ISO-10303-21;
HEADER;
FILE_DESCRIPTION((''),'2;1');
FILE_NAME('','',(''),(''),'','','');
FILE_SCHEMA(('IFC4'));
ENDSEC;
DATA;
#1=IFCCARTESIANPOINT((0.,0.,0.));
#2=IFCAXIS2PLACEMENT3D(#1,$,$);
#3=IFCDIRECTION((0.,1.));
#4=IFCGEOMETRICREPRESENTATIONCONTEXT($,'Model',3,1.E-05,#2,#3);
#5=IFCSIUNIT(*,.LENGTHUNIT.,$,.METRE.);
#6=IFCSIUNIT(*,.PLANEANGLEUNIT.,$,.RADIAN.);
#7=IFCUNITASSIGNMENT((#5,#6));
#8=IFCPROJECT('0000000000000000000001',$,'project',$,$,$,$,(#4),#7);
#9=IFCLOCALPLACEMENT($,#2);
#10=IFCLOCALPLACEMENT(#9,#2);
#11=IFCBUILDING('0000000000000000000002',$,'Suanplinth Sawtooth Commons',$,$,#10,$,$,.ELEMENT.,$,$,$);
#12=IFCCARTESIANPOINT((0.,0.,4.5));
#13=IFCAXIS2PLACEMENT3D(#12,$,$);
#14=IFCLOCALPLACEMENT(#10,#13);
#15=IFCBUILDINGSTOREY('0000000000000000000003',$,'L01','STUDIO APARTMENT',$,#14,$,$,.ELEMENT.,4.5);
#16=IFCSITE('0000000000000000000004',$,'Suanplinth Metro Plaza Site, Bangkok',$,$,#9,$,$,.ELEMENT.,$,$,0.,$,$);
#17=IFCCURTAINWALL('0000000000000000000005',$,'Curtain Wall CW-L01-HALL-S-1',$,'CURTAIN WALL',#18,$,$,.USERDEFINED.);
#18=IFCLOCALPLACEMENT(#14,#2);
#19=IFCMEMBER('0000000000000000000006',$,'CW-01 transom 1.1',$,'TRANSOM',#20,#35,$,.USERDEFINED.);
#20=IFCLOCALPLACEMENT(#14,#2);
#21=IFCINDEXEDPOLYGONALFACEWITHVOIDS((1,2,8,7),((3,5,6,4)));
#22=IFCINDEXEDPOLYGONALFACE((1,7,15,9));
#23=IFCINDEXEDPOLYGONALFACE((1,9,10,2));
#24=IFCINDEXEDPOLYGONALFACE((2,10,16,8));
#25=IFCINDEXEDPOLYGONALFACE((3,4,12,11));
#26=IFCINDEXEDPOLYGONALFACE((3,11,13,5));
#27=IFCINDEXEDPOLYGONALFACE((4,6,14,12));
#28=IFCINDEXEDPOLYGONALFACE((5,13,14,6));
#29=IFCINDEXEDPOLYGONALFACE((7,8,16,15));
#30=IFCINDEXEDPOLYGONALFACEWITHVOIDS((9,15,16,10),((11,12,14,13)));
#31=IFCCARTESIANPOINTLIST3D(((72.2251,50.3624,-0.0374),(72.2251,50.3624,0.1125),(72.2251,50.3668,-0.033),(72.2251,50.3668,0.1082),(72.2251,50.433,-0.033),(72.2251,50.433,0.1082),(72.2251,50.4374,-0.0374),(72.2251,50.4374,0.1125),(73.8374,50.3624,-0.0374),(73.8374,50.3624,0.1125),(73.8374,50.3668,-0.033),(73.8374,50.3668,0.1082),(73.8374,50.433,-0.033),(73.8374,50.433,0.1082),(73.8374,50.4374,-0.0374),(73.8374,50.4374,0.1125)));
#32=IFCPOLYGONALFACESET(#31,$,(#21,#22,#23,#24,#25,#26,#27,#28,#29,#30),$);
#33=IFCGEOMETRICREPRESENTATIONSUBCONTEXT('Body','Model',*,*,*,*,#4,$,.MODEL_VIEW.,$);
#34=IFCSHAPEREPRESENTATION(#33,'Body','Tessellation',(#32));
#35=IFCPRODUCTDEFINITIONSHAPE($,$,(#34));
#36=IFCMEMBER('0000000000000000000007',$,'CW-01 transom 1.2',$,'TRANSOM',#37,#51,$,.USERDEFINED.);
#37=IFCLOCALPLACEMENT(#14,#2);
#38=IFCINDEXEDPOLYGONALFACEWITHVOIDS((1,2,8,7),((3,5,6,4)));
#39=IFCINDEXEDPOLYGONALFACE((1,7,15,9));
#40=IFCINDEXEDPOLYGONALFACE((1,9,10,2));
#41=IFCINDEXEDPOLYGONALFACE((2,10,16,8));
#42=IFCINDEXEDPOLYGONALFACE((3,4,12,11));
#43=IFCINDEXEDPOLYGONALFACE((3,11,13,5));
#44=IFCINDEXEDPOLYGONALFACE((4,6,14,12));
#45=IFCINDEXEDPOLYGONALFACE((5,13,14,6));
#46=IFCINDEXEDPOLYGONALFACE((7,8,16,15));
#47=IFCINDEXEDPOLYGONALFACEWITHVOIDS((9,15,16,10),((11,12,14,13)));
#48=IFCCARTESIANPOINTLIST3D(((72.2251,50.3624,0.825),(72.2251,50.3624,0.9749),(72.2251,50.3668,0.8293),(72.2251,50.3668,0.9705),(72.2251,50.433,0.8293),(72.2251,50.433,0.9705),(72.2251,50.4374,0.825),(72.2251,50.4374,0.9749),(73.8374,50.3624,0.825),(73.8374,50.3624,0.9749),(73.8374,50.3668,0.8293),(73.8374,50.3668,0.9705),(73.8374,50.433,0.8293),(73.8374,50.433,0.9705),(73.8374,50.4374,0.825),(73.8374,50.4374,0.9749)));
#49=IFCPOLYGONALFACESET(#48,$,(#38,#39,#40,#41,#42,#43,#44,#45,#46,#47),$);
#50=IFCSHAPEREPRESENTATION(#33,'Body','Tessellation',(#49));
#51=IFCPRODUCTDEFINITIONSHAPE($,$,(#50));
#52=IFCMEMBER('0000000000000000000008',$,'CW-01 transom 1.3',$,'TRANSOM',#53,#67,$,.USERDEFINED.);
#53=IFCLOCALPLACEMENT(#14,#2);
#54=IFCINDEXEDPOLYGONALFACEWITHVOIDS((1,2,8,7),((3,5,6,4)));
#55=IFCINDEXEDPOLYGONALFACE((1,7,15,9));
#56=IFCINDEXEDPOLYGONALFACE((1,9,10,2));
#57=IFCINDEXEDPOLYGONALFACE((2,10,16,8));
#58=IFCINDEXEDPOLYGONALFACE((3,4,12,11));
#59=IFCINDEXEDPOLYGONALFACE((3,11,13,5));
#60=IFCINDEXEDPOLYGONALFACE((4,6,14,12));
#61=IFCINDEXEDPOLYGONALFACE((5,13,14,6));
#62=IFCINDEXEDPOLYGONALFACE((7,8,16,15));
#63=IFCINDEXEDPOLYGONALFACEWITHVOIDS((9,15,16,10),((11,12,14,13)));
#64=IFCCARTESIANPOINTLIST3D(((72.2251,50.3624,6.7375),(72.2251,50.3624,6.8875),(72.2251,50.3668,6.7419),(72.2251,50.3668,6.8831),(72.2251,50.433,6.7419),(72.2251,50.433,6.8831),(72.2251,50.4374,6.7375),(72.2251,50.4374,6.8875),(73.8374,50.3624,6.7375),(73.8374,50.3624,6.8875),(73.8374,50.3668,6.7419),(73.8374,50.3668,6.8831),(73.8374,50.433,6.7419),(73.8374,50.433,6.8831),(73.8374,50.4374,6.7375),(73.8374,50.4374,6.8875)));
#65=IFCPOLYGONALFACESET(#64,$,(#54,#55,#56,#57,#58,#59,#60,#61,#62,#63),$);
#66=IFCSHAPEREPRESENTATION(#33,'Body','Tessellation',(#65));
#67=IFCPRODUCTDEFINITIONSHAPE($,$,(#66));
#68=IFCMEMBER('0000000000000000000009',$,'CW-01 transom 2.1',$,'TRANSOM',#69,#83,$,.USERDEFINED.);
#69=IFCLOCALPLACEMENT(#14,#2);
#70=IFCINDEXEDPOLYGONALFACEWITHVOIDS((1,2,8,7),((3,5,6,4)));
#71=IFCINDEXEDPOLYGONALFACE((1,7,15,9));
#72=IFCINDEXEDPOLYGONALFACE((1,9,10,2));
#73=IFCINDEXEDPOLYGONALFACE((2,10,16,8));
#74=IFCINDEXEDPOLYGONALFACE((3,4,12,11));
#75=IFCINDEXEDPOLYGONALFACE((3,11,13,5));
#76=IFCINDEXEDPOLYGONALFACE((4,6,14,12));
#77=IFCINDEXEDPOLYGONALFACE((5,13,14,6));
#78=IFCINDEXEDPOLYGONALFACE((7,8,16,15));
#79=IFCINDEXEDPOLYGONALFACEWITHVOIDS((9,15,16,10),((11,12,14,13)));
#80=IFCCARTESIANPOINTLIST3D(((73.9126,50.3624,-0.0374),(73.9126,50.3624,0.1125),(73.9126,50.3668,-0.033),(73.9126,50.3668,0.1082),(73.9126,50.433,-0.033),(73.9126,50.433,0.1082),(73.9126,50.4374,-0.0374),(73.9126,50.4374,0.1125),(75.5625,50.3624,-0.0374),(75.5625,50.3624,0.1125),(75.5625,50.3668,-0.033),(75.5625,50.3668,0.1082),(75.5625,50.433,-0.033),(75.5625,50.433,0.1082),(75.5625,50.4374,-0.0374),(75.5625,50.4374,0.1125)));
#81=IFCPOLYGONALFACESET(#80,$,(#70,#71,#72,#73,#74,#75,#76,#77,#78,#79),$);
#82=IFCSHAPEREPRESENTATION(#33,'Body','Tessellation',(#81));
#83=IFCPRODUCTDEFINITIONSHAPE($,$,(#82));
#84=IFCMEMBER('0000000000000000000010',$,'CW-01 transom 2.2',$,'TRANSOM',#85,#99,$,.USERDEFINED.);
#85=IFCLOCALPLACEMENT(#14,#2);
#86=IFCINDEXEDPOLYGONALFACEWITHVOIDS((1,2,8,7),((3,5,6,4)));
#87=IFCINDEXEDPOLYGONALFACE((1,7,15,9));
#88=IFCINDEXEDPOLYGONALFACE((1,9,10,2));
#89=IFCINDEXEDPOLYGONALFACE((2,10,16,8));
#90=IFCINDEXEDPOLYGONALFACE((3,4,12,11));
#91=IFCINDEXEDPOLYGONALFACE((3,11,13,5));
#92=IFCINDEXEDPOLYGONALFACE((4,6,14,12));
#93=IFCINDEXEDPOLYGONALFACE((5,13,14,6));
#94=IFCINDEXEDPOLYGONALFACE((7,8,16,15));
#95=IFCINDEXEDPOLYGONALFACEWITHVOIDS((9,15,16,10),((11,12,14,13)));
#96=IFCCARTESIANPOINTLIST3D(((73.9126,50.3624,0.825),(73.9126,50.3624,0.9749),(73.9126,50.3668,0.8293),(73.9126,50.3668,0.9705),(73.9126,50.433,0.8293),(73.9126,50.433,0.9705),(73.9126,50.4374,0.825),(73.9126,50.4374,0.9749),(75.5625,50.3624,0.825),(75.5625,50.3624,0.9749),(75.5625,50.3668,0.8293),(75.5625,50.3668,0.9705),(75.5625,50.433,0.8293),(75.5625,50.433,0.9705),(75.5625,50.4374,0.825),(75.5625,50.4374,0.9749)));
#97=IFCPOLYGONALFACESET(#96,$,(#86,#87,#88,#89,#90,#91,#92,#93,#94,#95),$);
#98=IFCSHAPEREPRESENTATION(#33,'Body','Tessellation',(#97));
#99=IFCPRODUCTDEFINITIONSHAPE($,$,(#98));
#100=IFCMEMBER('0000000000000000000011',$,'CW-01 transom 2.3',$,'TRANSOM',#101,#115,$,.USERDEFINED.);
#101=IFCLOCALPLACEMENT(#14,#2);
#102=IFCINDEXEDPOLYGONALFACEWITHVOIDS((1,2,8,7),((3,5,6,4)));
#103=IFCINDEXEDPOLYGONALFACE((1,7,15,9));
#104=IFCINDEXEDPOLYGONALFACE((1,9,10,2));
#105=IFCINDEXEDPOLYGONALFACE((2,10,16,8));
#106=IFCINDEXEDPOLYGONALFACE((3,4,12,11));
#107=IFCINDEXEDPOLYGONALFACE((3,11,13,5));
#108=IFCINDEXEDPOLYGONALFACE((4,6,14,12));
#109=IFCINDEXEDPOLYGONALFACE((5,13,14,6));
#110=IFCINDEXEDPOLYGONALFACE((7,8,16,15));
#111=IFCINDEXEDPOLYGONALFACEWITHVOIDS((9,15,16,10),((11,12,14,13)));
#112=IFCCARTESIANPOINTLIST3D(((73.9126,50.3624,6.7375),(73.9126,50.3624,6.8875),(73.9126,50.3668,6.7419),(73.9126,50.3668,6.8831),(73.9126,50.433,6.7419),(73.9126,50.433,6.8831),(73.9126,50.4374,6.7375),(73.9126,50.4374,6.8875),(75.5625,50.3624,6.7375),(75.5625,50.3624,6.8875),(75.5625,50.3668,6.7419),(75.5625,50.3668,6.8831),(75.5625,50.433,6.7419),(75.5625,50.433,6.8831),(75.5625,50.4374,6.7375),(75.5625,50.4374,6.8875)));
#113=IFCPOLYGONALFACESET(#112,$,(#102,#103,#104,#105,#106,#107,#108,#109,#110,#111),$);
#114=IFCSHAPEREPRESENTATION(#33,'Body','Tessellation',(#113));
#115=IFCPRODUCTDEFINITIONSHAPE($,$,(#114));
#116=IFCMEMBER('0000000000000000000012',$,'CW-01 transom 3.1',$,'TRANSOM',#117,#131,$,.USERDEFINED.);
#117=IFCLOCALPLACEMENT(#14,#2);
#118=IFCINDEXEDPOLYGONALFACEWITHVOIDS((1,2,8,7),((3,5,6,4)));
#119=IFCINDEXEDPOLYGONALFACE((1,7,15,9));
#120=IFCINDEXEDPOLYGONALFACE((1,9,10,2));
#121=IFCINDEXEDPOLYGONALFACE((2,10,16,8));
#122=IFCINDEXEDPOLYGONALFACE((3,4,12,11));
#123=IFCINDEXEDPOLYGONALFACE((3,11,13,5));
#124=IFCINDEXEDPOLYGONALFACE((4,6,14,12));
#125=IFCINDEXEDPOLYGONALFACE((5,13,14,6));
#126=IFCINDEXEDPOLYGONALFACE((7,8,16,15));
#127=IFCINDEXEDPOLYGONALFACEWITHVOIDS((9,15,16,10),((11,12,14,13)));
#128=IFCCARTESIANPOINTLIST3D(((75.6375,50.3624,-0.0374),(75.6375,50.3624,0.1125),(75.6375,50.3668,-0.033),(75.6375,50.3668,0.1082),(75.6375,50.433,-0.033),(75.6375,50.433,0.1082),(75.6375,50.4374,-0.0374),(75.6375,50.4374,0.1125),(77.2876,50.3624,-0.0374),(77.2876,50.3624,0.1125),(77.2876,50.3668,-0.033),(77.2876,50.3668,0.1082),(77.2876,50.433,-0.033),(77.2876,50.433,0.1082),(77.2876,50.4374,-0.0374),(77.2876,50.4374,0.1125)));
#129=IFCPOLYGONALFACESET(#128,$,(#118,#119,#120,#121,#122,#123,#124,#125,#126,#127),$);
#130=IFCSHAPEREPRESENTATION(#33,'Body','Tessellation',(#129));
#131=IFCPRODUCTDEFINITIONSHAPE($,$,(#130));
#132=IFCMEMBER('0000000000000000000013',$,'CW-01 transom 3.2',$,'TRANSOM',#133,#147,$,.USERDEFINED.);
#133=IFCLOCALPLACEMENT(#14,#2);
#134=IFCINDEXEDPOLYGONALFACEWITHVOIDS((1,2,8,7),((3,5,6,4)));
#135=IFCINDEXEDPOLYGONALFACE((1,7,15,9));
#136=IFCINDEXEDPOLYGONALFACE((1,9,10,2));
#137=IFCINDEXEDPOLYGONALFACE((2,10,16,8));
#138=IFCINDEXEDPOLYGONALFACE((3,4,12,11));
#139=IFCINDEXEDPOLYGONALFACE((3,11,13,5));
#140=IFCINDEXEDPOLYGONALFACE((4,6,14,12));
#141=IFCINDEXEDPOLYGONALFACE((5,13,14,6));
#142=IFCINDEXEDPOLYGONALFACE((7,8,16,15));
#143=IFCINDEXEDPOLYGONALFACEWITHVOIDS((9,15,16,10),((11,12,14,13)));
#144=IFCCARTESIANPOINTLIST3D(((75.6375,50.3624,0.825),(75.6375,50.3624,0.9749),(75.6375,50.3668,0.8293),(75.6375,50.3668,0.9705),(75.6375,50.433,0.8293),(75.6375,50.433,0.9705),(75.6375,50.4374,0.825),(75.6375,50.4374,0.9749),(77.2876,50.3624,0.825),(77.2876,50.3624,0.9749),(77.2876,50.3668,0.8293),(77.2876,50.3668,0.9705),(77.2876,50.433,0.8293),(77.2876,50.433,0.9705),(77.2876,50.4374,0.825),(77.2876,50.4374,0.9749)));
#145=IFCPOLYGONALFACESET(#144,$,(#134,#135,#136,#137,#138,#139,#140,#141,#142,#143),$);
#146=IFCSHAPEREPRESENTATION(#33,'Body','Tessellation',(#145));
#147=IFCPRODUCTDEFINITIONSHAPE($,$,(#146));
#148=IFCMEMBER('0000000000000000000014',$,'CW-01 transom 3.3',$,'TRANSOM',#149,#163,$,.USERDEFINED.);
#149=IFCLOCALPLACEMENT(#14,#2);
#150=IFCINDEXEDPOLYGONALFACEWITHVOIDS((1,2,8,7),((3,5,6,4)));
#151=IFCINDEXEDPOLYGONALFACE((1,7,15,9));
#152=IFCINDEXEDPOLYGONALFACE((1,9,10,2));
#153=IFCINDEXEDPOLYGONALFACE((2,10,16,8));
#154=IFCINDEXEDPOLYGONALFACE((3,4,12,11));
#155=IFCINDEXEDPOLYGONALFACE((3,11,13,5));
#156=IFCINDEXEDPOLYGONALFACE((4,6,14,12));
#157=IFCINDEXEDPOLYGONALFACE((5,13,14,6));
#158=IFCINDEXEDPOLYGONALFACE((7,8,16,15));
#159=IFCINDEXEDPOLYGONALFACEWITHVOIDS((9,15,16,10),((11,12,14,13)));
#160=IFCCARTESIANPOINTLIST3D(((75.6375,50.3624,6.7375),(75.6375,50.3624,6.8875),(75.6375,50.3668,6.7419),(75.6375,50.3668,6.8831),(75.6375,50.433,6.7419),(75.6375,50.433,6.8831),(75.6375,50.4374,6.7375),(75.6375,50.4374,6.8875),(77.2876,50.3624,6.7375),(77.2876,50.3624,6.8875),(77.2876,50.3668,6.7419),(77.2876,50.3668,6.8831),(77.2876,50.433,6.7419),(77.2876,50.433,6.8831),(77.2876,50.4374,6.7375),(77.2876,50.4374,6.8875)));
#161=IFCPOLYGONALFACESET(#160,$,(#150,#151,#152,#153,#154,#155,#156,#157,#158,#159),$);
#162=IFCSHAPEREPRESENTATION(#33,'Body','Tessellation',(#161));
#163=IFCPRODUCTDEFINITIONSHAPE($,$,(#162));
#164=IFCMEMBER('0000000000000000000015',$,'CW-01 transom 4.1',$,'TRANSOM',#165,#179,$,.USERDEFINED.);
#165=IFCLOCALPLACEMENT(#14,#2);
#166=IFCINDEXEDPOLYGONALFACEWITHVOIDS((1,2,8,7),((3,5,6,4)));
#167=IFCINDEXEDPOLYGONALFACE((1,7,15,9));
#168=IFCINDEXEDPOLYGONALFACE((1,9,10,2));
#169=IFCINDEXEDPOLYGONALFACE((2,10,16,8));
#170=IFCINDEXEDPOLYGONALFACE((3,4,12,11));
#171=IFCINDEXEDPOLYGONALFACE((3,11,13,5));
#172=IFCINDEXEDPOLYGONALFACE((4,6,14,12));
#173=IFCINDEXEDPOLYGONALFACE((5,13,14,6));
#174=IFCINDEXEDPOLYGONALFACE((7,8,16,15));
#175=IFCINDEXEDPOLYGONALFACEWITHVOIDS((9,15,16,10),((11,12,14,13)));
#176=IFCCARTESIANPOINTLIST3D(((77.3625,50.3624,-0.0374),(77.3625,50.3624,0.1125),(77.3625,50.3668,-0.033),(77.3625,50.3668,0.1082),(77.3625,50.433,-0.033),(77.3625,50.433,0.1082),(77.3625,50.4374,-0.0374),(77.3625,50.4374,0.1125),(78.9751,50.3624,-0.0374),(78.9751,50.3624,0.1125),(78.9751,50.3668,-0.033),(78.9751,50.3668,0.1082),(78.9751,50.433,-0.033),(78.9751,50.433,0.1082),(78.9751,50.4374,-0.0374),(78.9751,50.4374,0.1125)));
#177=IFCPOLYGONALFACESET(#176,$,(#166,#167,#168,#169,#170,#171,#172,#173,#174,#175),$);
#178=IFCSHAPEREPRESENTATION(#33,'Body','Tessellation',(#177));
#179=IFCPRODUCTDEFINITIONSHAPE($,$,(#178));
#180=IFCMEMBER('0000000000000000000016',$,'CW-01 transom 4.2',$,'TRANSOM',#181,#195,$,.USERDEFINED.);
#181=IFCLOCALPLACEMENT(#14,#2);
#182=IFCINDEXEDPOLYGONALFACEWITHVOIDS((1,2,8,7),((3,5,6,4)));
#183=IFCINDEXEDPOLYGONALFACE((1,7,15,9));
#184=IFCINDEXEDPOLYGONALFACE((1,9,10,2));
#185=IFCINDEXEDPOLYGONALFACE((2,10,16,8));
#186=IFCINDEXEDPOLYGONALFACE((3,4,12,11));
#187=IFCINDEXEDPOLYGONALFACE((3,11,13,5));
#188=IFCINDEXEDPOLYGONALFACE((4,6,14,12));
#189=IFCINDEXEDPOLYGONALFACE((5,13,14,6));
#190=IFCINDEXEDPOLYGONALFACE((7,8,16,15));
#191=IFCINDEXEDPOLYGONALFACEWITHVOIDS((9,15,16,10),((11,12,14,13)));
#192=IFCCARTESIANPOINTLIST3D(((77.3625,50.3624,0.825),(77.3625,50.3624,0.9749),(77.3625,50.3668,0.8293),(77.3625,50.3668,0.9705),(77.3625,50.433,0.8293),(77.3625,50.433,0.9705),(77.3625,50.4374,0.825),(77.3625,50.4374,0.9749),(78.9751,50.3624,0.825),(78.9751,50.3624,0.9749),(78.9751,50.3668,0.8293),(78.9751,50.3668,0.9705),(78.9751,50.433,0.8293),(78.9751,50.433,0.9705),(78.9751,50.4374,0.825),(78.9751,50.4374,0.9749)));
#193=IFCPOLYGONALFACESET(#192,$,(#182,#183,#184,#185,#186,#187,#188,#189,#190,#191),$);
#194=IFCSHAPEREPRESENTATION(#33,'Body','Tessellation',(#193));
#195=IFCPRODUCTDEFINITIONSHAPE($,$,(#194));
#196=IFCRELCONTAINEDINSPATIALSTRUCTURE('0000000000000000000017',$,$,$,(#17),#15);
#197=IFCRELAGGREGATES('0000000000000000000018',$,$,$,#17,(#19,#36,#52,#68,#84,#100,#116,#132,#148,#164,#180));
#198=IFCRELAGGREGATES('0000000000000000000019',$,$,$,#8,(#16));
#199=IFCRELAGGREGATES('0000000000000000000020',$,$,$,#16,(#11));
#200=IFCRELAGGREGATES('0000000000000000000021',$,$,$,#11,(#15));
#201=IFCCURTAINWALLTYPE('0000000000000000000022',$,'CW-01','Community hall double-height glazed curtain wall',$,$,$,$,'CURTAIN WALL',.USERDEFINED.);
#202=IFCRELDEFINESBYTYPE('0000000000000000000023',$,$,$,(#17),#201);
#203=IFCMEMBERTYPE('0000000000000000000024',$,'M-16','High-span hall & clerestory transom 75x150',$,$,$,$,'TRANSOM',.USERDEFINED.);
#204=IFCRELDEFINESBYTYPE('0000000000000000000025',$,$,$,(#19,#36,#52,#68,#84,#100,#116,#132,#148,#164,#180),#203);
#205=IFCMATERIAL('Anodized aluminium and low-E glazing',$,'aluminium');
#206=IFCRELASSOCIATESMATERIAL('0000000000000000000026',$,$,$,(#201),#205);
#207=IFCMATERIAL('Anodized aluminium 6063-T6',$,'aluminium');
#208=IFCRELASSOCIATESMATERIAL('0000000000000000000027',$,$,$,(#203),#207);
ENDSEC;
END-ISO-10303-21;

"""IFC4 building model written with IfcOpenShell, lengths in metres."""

from ifc_helpers import new_model, si_unit, direction, frame, origin, origin_2d, place, context, subcontext, project, spatial, hollow_rectangle, extrude, material, material_profile, profile_set, type_object, element, aggregate, save


model = new_model("IFC4")

# Units and contexts
model_context = context("Model", 3, precision=1e-05, world=origin(), true_north=direction((0.0, 1.0)))
body_context = subcontext(model_context, "Body", "Model", "MODEL_VIEW")
ifc_project = project(units=[si_unit("LENGTHUNIT", "METRE"), si_unit("PLANEANGLEUNIT", "RADIAN")], contexts=[model_context])

# Site, building, storey
site_placement = place(None, origin())
site = spatial("IfcSite", under=ifc_project, at=site_placement, Name="Suanplinth Metro Plaza Site, Bangkok", CompositionType="ELEMENT", RefElevation=0.0)
building_placement = place(site_placement, origin())
building = spatial("IfcBuilding", under=site, at=building_placement, Name="Suanplinth Sawtooth Commons", CompositionType="ELEMENT")
storey_placement = place(building_placement, frame((0.0, 0.0, 4.5)))
storey = spatial("IfcBuildingStorey", under=building, at=storey_placement, Name="L01", Description="STUDIO APARTMENT", CompositionType="ELEMENT", Elevation=4.5)

# Curtain wall
ifc_material_1 = material(Name="Anodized aluminium and low-E glazing", Category="aluminium")
curtain_wall_type = type_object("IfcCurtainWallType", Name="CW-01", Description="Community hall double-height glazed curtain wall", ElementType="CURTAIN WALL", PredefinedType="USERDEFINED", material=ifc_material_1)
curtain_wall_1_placement = place(storey_placement, origin())
curtain_wall_1 = element("IfcCurtainWall", 1, at=curtain_wall_1_placement, inside=storey, type_object=curtain_wall_type, Name="Curtain Wall CW-L01-HALL-S-1", ObjectType="CURTAIN WALL", PredefinedType="USERDEFINED")
ifc_material_2 = material(Name="Anodized aluminium 6063-T6", Category="aluminium")

# Members
ifc_material_profile_1 = material_profile(ifc_material_2, hollow_rectangle(XDim=0.075, YDim=0.1499, WallThickness=0.0044, at=origin_2d()), Name="ALU-TRN 75x150")
ifc_profile_set_1 = profile_set([ifc_material_profile_1], Name="Anodized aluminium 6063-T6")
member_type_1 = type_object("IfcMemberType", Name="M-16", Description="High-span hall & clerestory transom 75x150", ElementType="TRANSOM", PredefinedType="USERDEFINED", material=ifc_profile_set_1)
member_1_placement = place(storey_placement, frame((72.2251, 50.3999, 0.0376), z_axis=(1.0, 0.0, 0.0), x_axis=(0.0, 1.0, 0.0)))
member_1 = element("IfcMember", 2, at=member_1_placement, type_object=member_type_1, Name="CW-01 transom 1.1", ObjectType="TRANSOM", PredefinedType="USERDEFINED", context=body_context, shape_type="SweptSolid", body=[
    extrude(hollow_rectangle(XDim=0.075, YDim=0.1499, WallThickness=0.0044, at=origin_2d()), origin(), (0.0, 0.0, 1.0), 1.6123),
])
member_2_placement = place(storey_placement, frame((72.2251, 50.3999, 0.8999), z_axis=(1.0, 0.0, 0.0), x_axis=(0.0, 1.0, 0.0)))
member_2 = element("IfcMember", 3, at=member_2_placement, type_object=member_type_1, Name="CW-01 transom 1.2", ObjectType="TRANSOM", PredefinedType="USERDEFINED", context=body_context, shape_type="SweptSolid", body=[
    extrude(hollow_rectangle(XDim=0.075, YDim=0.1499, WallThickness=0.0044, at=origin_2d()), origin(), (0.0, 0.0, 1.0), 1.6123),
])
member_3_placement = place(storey_placement, frame((72.2251, 50.3999, 6.8125), z_axis=(1.0, 0.0, 0.0), x_axis=(0.0, 1.0, 0.0)))
member_3 = element("IfcMember", 4, at=member_3_placement, type_object=member_type_1, Name="CW-01 transom 1.3", ObjectType="TRANSOM", PredefinedType="USERDEFINED", context=body_context, shape_type="SweptSolid", body=[
    extrude(hollow_rectangle(XDim=0.075, YDim=0.1499, WallThickness=0.0044, at=origin_2d()), origin(), (0.0, 0.0, 1.0), 1.6123),
])
member_4_placement = place(storey_placement, frame((73.9126, 50.3999, 0.0376), z_axis=(1.0, 0.0, 0.0), x_axis=(0.0, 1.0, 0.0)))
member_4 = element("IfcMember", 5, at=member_4_placement, type_object=member_type_1, Name="CW-01 transom 2.1", ObjectType="TRANSOM", PredefinedType="USERDEFINED", context=body_context, shape_type="SweptSolid", body=[
    extrude(hollow_rectangle(XDim=0.075, YDim=0.1499, WallThickness=0.0044, at=origin_2d()), origin(), (0.0, 0.0, 1.0), 1.6499),
])
member_5_placement = place(storey_placement, frame((73.9126, 50.3999, 0.8999), z_axis=(1.0, 0.0, 0.0), x_axis=(0.0, 1.0, 0.0)))
member_5 = element("IfcMember", 6, at=member_5_placement, type_object=member_type_1, Name="CW-01 transom 2.2", ObjectType="TRANSOM", PredefinedType="USERDEFINED", context=body_context, shape_type="SweptSolid", body=[
    extrude(hollow_rectangle(XDim=0.075, YDim=0.1499, WallThickness=0.0044, at=origin_2d()), origin(), (0.0, 0.0, 1.0), 1.6499),
])
member_6_placement = place(storey_placement, frame((73.9126, 50.3999, 6.8125), z_axis=(1.0, 0.0, 0.0), x_axis=(0.0, 1.0, 0.0)))
member_6 = element("IfcMember", 7, at=member_6_placement, type_object=member_type_1, Name="CW-01 transom 2.3", ObjectType="TRANSOM", PredefinedType="USERDEFINED", context=body_context, shape_type="SweptSolid", body=[
    extrude(hollow_rectangle(XDim=0.075, YDim=0.1499, WallThickness=0.0044, at=origin_2d()), origin(), (0.0, 0.0, 1.0), 1.6499),
])
member_7_placement = place(storey_placement, frame((75.6375, 50.3999, 0.0376), z_axis=(1.0, 0.0, 0.0), x_axis=(0.0, 1.0, 0.0)))
member_7 = element("IfcMember", 8, at=member_7_placement, type_object=member_type_1, Name="CW-01 transom 3.1", ObjectType="TRANSOM", PredefinedType="USERDEFINED", context=body_context, shape_type="SweptSolid", body=[
    extrude(hollow_rectangle(XDim=0.075, YDim=0.1499, WallThickness=0.0044, at=origin_2d()), origin(), (0.0, 0.0, 1.0), 1.6501),
])
member_8_placement = place(storey_placement, frame((75.6375, 50.3999, 0.8999), z_axis=(1.0, 0.0, 0.0), x_axis=(0.0, 1.0, 0.0)))
member_8 = element("IfcMember", 9, at=member_8_placement, type_object=member_type_1, Name="CW-01 transom 3.2", ObjectType="TRANSOM", PredefinedType="USERDEFINED", context=body_context, shape_type="SweptSolid", body=[
    extrude(hollow_rectangle(XDim=0.075, YDim=0.1499, WallThickness=0.0044, at=origin_2d()), origin(), (0.0, 0.0, 1.0), 1.6501),
])
member_9_placement = place(storey_placement, frame((75.6375, 50.3999, 6.8125), z_axis=(1.0, 0.0, 0.0), x_axis=(0.0, 1.0, 0.0)))
member_9 = element("IfcMember", 10, at=member_9_placement, type_object=member_type_1, Name="CW-01 transom 3.3", ObjectType="TRANSOM", PredefinedType="USERDEFINED", context=body_context, shape_type="SweptSolid", body=[
    extrude(hollow_rectangle(XDim=0.075, YDim=0.1499, WallThickness=0.0044, at=origin_2d()), origin(), (0.0, 0.0, 1.0), 1.6501),
])
member_10_placement = place(storey_placement, frame((77.3625, 50.3999, 0.0376), z_axis=(1.0, 0.0, 0.0), x_axis=(0.0, 1.0, 0.0)))
member_10 = element("IfcMember", 11, at=member_10_placement, type_object=member_type_1, Name="CW-01 transom 4.1", ObjectType="TRANSOM", PredefinedType="USERDEFINED", context=body_context, shape_type="SweptSolid", body=[
    extrude(hollow_rectangle(XDim=0.075, YDim=0.1499, WallThickness=0.0044, at=origin_2d()), origin(), (0.0, 0.0, 1.0), 1.6125),
])
member_11_placement = place(storey_placement, frame((77.3625, 50.3999, 0.8999), z_axis=(1.0, 0.0, 0.0), x_axis=(0.0, 1.0, 0.0)))
member_11 = element("IfcMember", 12, at=member_11_placement, type_object=member_type_1, Name="CW-01 transom 4.2", ObjectType="TRANSOM", PredefinedType="USERDEFINED", context=body_context, shape_type="SweptSolid", body=[
    extrude(hollow_rectangle(XDim=0.075, YDim=0.1499, WallThickness=0.0044, at=origin_2d()), origin(), (0.0, 0.0, 1.0), 1.6125),
])

aggregate(curtain_wall_1, [member_1, member_2, member_3, member_4, member_5, member_6, member_7, member_8, member_9, member_10, member_11])

save(model, "model.ifc")
